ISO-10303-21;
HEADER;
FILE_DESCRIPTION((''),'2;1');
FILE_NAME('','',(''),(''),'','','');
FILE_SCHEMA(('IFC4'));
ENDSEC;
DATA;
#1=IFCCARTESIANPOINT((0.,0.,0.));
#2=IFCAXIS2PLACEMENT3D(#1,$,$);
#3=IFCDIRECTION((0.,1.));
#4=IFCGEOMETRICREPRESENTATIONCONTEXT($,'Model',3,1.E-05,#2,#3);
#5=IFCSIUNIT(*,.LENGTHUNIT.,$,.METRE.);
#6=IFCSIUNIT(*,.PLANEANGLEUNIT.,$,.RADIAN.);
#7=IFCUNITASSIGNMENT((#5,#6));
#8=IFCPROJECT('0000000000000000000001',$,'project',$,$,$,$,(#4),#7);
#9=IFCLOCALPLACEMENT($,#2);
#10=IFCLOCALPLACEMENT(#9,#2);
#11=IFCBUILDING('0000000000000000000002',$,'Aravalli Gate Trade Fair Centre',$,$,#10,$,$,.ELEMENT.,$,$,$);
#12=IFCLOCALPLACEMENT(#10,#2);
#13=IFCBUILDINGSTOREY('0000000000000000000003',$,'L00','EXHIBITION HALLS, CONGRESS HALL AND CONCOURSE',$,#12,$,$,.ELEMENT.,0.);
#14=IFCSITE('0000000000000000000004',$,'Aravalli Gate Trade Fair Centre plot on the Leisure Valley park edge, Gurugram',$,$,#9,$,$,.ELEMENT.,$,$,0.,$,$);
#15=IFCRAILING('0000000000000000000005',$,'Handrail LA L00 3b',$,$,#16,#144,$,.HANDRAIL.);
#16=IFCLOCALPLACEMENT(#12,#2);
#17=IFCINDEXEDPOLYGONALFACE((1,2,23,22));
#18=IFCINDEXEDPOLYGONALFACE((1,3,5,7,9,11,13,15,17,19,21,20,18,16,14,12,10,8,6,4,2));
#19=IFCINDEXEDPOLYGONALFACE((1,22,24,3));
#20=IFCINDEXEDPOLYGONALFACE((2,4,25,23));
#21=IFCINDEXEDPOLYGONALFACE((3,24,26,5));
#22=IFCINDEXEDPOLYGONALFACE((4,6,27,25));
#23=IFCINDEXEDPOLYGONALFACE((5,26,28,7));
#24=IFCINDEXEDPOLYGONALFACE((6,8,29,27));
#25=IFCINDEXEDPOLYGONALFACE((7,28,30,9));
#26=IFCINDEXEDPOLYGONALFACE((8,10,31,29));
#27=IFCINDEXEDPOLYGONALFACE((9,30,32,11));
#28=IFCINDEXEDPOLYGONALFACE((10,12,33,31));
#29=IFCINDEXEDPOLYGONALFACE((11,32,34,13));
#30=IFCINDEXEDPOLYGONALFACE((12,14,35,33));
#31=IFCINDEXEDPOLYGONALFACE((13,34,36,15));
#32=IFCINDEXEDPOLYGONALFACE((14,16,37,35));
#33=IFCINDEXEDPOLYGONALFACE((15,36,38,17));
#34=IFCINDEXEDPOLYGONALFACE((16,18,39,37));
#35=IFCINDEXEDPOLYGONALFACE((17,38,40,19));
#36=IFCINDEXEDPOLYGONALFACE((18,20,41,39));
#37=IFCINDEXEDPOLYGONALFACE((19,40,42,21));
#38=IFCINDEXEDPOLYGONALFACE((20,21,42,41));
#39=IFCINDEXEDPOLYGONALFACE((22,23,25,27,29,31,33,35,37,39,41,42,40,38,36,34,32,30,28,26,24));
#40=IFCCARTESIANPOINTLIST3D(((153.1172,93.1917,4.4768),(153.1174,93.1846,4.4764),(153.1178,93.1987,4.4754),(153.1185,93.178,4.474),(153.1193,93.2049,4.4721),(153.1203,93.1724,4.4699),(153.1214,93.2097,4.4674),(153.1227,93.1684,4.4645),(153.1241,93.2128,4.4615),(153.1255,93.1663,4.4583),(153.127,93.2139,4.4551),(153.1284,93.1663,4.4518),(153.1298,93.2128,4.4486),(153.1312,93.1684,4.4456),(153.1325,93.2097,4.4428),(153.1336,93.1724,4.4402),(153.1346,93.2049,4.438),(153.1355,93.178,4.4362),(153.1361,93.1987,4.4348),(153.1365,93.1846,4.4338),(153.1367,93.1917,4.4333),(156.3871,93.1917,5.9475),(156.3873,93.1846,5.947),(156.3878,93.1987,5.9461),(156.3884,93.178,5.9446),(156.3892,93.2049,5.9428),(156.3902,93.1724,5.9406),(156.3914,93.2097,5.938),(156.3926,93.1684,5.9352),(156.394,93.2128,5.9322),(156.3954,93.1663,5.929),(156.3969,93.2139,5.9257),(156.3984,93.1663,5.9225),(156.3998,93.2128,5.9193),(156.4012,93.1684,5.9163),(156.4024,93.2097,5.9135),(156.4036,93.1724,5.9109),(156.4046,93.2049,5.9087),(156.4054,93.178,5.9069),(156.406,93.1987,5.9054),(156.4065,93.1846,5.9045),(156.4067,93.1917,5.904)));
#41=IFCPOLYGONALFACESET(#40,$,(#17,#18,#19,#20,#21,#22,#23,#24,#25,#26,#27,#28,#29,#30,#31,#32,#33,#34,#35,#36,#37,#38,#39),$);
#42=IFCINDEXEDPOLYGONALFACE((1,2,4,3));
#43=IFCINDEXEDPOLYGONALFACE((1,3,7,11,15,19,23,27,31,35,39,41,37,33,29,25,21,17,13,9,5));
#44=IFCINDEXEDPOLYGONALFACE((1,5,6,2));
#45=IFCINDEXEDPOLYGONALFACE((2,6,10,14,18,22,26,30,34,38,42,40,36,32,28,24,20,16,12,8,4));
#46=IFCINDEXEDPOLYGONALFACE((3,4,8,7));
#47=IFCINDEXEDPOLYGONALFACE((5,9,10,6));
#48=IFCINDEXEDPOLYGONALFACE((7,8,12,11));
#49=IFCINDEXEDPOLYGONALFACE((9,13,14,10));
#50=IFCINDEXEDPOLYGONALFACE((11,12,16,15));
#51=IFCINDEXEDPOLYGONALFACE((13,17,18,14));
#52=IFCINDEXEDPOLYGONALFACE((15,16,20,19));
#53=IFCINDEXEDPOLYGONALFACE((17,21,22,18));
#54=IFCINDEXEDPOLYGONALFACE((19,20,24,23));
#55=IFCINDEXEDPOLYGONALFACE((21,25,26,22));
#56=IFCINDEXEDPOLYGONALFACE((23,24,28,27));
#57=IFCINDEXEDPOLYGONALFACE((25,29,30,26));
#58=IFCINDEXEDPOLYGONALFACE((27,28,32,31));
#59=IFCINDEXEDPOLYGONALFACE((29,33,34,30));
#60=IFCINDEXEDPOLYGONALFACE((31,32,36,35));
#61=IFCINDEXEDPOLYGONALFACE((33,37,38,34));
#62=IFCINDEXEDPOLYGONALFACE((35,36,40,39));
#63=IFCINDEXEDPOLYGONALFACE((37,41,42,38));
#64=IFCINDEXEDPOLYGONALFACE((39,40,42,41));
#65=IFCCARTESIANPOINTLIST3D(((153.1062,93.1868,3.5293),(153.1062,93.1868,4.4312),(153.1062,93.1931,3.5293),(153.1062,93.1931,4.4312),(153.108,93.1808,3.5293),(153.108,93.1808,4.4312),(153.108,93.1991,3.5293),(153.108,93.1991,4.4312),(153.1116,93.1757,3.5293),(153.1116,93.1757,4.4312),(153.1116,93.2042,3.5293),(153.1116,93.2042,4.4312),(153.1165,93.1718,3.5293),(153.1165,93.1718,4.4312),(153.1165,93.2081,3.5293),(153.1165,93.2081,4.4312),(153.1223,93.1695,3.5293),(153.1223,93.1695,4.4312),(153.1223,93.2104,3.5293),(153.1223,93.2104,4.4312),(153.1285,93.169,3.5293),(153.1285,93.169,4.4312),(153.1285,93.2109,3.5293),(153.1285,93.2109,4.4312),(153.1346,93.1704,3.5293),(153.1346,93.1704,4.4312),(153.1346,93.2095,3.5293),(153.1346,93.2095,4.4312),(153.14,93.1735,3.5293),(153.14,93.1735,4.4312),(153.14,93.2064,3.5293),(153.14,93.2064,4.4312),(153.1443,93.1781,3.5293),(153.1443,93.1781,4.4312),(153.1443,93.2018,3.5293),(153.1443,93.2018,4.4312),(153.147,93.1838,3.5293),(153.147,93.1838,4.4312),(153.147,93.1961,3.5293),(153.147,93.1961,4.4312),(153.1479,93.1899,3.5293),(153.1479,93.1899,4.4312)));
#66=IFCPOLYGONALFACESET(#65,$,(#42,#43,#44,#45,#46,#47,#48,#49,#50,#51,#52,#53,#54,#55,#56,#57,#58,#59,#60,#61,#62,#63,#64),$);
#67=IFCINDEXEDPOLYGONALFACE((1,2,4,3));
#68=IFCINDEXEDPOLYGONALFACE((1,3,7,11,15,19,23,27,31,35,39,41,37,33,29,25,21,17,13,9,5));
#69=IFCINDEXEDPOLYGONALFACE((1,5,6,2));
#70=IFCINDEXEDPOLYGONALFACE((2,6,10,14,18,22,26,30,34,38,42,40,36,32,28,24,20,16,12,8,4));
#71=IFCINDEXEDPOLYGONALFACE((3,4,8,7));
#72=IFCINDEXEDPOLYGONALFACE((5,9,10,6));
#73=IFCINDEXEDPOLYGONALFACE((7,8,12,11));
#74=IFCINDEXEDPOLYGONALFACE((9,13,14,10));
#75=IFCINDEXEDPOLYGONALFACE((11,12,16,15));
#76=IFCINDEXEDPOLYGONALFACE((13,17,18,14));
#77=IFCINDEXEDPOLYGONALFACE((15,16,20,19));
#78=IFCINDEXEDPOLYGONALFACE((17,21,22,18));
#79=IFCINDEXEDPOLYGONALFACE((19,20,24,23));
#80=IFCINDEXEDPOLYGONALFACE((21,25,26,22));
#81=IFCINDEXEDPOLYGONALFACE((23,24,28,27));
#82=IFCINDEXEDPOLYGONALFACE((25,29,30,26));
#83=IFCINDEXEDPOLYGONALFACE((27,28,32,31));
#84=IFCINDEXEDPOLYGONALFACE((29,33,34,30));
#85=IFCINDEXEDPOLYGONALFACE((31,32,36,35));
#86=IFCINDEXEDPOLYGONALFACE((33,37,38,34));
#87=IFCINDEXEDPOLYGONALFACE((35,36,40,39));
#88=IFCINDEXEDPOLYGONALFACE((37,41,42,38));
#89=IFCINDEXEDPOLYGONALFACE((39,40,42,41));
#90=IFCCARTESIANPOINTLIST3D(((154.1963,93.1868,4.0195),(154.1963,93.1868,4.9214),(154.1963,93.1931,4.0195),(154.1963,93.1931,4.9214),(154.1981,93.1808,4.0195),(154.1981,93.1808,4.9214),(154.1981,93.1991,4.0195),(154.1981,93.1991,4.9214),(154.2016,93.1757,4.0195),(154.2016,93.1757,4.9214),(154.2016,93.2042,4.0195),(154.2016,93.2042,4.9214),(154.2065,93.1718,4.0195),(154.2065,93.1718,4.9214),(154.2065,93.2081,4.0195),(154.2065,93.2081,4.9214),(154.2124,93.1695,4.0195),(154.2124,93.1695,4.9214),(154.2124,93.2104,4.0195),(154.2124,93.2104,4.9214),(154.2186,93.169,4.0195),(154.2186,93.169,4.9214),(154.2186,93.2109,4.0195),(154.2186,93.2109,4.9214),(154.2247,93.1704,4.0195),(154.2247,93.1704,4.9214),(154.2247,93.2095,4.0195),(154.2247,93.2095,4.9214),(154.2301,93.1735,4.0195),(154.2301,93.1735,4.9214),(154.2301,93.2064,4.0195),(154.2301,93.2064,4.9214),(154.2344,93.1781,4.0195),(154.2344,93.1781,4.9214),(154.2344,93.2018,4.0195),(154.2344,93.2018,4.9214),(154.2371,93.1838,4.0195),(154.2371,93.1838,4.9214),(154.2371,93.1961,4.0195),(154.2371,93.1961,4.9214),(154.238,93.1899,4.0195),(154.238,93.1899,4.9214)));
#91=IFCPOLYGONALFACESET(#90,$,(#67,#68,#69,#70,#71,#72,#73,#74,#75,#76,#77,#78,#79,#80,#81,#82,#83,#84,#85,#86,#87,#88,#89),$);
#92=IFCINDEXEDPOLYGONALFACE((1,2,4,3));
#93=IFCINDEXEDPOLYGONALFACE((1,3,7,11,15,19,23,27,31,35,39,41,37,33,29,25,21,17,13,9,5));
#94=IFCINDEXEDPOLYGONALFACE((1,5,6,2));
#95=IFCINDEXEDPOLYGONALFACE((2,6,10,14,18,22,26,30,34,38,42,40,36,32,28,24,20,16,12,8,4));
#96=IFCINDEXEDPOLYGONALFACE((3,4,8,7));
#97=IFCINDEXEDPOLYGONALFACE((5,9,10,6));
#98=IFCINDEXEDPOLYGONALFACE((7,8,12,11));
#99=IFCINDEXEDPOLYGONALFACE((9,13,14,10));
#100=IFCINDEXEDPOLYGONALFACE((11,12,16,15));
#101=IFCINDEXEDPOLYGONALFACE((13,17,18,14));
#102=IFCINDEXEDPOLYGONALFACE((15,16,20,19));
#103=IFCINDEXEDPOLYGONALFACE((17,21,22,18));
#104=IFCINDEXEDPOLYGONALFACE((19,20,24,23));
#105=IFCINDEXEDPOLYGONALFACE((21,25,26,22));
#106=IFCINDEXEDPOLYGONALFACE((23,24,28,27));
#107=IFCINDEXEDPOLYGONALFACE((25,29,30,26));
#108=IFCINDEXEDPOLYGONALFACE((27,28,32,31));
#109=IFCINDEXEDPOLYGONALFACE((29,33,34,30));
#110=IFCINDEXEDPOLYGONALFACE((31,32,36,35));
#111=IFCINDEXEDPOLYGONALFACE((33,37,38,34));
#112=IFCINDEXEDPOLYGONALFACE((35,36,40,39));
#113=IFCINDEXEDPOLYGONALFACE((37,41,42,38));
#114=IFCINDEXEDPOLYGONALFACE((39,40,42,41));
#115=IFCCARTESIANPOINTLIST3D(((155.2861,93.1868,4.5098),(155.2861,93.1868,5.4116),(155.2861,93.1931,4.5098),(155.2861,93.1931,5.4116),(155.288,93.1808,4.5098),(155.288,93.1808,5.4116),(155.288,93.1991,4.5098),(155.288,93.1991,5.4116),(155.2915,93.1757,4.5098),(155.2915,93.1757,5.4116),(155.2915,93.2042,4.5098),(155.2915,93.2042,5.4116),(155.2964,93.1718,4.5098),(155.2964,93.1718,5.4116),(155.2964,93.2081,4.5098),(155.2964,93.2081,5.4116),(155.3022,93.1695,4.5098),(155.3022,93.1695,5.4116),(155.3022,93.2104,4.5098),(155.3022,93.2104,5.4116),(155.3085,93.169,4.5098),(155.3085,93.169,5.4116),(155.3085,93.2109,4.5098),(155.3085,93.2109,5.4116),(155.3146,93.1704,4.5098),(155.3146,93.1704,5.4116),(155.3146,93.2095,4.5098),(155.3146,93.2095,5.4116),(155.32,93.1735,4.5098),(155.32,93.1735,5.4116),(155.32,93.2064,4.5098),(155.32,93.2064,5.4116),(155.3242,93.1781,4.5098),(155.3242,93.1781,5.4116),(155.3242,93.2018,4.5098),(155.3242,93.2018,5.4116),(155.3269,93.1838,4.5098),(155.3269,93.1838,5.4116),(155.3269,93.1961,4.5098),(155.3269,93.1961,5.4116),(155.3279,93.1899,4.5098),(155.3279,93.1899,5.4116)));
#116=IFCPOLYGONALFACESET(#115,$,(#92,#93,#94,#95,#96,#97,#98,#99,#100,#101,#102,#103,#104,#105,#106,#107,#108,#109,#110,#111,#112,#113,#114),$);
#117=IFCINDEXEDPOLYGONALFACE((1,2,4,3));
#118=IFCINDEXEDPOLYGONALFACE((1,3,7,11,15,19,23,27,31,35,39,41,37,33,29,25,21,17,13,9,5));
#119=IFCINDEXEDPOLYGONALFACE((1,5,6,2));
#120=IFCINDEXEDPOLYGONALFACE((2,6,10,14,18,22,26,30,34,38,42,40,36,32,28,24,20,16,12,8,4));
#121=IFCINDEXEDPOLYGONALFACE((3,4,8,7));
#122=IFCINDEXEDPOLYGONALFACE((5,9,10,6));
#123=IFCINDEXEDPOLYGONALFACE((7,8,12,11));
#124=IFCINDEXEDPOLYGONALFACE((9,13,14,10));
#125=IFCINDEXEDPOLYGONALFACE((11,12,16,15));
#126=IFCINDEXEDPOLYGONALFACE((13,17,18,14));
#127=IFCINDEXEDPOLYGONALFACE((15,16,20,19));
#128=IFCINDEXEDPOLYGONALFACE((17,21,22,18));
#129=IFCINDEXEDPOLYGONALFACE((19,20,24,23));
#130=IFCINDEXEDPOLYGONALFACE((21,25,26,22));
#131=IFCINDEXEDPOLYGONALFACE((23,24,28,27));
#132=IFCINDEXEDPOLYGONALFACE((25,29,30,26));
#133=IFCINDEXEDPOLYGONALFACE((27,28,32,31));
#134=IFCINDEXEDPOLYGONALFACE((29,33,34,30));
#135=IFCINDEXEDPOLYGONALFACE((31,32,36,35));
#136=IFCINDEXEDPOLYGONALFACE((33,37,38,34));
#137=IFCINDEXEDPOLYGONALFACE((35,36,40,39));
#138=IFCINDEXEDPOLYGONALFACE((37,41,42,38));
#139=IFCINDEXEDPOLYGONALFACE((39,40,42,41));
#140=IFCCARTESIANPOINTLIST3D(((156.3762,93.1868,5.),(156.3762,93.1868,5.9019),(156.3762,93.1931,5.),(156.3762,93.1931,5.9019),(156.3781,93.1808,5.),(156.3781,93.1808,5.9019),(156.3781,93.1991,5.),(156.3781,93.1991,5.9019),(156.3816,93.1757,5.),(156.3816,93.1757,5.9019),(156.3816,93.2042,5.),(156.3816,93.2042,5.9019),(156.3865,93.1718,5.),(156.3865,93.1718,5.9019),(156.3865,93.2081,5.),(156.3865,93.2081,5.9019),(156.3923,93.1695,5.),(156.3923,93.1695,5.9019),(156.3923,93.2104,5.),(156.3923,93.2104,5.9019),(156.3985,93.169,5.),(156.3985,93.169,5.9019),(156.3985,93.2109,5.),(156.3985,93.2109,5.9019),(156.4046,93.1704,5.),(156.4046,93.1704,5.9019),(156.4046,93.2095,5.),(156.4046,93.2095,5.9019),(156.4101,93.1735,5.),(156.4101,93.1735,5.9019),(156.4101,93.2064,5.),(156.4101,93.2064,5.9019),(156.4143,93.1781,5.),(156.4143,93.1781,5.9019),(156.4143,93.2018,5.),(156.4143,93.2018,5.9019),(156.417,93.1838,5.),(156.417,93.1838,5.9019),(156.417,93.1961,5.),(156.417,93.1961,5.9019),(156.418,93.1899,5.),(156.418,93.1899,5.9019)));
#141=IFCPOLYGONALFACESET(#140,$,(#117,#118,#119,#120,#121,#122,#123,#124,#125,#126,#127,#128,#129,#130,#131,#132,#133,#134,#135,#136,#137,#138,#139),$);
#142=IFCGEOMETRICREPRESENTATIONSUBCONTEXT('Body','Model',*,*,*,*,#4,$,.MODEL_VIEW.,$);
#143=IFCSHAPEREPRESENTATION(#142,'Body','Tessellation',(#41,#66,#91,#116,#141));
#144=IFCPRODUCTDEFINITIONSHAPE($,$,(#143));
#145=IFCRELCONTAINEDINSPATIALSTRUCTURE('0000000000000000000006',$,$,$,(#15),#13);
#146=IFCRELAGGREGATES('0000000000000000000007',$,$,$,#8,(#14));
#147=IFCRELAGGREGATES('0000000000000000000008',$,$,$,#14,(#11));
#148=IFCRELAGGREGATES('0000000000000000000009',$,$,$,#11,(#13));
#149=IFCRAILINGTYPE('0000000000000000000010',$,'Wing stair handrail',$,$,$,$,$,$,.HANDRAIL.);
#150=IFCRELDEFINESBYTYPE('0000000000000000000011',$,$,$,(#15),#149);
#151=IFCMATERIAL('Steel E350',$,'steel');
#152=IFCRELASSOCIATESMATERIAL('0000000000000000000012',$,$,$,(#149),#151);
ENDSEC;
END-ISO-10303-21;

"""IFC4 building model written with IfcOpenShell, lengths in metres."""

from ifc_helpers import new_model, si_unit, direction, frame, origin, origin_2d, place, context, subcontext, project, spatial, circle, extrude, material, type_object, element, save


model = new_model("IFC4")

# Units and contexts
model_context = context("Model", 3, precision=1e-05, world=origin(), true_north=direction((0.0, 1.0)))
body_context = subcontext(model_context, "Body", "Model", "MODEL_VIEW")
ifc_project = project(units=[si_unit("LENGTHUNIT", "METRE"), si_unit("PLANEANGLEUNIT", "RADIAN")], contexts=[model_context])

# Site, building, storey
site_placement = place(None, origin())
site = spatial("IfcSite", under=ifc_project, at=site_placement, Name="Aravalli Gate Trade Fair Centre plot on the Leisure Valley park edge, Gurugram", CompositionType="ELEMENT", RefElevation=0.0)
building_placement = place(site_placement, origin())
building = spatial("IfcBuilding", under=site, at=building_placement, Name="Aravalli Gate Trade Fair Centre", CompositionType="ELEMENT")
storey_placement = place(building_placement, origin())
storey = spatial("IfcBuildingStorey", under=building, at=storey_placement, Name="L00", Description="EXHIBITION HALLS, CONGRESS HALL AND CONCOURSE", CompositionType="ELEMENT", Elevation=0.0)

# Railing
ifc_material_1 = material(Name="Steel E350", Category="steel")
railing_type_1 = type_object("IfcRailingType", Name="Wing stair handrail", PredefinedType="HANDRAIL", material=ifc_material_1)
for number, where, name in (
    (1, (153.127, 93.1899, 3.5293), "Handrail LA L00 3b"),
):
    element("IfcRailing", number, at=place(storey_placement, frame(where)), inside=storey, type_object=railing_type_1, Name=name, PredefinedType="HANDRAIL", context=body_context, shape_type="SweptSolid", body=[
        extrude(circle(Radius=0.0239, at=origin_2d()), frame((0.0, 0.0, 0.9258), z_axis=(0.912006, 0.0, 0.410178), x_axis=(0.0, 1.0, 0.0)), (0.0, 0.0, 1.0), 3.5854),
        extrude(circle(Radius=0.021, at=origin_2d()), origin(), (0.0, 0.0, 1.0), 0.9019),
        extrude(circle(Radius=0.021, at=origin_2d()), frame((1.0901, 0.0, 0.4902)), (0.0, 0.0, 1.0), 0.9019),
        extrude(circle(Radius=0.021, at=origin_2d()), frame((2.1799, 0.0, 0.9805)), (0.0, 0.0, 1.0), 0.9019),
        extrude(circle(Radius=0.021, at=origin_2d()), frame((3.27, 0.0, 1.4707)), (0.0, 0.0, 1.0), 0.9019),
    ])

save(model, "model.ifc")
